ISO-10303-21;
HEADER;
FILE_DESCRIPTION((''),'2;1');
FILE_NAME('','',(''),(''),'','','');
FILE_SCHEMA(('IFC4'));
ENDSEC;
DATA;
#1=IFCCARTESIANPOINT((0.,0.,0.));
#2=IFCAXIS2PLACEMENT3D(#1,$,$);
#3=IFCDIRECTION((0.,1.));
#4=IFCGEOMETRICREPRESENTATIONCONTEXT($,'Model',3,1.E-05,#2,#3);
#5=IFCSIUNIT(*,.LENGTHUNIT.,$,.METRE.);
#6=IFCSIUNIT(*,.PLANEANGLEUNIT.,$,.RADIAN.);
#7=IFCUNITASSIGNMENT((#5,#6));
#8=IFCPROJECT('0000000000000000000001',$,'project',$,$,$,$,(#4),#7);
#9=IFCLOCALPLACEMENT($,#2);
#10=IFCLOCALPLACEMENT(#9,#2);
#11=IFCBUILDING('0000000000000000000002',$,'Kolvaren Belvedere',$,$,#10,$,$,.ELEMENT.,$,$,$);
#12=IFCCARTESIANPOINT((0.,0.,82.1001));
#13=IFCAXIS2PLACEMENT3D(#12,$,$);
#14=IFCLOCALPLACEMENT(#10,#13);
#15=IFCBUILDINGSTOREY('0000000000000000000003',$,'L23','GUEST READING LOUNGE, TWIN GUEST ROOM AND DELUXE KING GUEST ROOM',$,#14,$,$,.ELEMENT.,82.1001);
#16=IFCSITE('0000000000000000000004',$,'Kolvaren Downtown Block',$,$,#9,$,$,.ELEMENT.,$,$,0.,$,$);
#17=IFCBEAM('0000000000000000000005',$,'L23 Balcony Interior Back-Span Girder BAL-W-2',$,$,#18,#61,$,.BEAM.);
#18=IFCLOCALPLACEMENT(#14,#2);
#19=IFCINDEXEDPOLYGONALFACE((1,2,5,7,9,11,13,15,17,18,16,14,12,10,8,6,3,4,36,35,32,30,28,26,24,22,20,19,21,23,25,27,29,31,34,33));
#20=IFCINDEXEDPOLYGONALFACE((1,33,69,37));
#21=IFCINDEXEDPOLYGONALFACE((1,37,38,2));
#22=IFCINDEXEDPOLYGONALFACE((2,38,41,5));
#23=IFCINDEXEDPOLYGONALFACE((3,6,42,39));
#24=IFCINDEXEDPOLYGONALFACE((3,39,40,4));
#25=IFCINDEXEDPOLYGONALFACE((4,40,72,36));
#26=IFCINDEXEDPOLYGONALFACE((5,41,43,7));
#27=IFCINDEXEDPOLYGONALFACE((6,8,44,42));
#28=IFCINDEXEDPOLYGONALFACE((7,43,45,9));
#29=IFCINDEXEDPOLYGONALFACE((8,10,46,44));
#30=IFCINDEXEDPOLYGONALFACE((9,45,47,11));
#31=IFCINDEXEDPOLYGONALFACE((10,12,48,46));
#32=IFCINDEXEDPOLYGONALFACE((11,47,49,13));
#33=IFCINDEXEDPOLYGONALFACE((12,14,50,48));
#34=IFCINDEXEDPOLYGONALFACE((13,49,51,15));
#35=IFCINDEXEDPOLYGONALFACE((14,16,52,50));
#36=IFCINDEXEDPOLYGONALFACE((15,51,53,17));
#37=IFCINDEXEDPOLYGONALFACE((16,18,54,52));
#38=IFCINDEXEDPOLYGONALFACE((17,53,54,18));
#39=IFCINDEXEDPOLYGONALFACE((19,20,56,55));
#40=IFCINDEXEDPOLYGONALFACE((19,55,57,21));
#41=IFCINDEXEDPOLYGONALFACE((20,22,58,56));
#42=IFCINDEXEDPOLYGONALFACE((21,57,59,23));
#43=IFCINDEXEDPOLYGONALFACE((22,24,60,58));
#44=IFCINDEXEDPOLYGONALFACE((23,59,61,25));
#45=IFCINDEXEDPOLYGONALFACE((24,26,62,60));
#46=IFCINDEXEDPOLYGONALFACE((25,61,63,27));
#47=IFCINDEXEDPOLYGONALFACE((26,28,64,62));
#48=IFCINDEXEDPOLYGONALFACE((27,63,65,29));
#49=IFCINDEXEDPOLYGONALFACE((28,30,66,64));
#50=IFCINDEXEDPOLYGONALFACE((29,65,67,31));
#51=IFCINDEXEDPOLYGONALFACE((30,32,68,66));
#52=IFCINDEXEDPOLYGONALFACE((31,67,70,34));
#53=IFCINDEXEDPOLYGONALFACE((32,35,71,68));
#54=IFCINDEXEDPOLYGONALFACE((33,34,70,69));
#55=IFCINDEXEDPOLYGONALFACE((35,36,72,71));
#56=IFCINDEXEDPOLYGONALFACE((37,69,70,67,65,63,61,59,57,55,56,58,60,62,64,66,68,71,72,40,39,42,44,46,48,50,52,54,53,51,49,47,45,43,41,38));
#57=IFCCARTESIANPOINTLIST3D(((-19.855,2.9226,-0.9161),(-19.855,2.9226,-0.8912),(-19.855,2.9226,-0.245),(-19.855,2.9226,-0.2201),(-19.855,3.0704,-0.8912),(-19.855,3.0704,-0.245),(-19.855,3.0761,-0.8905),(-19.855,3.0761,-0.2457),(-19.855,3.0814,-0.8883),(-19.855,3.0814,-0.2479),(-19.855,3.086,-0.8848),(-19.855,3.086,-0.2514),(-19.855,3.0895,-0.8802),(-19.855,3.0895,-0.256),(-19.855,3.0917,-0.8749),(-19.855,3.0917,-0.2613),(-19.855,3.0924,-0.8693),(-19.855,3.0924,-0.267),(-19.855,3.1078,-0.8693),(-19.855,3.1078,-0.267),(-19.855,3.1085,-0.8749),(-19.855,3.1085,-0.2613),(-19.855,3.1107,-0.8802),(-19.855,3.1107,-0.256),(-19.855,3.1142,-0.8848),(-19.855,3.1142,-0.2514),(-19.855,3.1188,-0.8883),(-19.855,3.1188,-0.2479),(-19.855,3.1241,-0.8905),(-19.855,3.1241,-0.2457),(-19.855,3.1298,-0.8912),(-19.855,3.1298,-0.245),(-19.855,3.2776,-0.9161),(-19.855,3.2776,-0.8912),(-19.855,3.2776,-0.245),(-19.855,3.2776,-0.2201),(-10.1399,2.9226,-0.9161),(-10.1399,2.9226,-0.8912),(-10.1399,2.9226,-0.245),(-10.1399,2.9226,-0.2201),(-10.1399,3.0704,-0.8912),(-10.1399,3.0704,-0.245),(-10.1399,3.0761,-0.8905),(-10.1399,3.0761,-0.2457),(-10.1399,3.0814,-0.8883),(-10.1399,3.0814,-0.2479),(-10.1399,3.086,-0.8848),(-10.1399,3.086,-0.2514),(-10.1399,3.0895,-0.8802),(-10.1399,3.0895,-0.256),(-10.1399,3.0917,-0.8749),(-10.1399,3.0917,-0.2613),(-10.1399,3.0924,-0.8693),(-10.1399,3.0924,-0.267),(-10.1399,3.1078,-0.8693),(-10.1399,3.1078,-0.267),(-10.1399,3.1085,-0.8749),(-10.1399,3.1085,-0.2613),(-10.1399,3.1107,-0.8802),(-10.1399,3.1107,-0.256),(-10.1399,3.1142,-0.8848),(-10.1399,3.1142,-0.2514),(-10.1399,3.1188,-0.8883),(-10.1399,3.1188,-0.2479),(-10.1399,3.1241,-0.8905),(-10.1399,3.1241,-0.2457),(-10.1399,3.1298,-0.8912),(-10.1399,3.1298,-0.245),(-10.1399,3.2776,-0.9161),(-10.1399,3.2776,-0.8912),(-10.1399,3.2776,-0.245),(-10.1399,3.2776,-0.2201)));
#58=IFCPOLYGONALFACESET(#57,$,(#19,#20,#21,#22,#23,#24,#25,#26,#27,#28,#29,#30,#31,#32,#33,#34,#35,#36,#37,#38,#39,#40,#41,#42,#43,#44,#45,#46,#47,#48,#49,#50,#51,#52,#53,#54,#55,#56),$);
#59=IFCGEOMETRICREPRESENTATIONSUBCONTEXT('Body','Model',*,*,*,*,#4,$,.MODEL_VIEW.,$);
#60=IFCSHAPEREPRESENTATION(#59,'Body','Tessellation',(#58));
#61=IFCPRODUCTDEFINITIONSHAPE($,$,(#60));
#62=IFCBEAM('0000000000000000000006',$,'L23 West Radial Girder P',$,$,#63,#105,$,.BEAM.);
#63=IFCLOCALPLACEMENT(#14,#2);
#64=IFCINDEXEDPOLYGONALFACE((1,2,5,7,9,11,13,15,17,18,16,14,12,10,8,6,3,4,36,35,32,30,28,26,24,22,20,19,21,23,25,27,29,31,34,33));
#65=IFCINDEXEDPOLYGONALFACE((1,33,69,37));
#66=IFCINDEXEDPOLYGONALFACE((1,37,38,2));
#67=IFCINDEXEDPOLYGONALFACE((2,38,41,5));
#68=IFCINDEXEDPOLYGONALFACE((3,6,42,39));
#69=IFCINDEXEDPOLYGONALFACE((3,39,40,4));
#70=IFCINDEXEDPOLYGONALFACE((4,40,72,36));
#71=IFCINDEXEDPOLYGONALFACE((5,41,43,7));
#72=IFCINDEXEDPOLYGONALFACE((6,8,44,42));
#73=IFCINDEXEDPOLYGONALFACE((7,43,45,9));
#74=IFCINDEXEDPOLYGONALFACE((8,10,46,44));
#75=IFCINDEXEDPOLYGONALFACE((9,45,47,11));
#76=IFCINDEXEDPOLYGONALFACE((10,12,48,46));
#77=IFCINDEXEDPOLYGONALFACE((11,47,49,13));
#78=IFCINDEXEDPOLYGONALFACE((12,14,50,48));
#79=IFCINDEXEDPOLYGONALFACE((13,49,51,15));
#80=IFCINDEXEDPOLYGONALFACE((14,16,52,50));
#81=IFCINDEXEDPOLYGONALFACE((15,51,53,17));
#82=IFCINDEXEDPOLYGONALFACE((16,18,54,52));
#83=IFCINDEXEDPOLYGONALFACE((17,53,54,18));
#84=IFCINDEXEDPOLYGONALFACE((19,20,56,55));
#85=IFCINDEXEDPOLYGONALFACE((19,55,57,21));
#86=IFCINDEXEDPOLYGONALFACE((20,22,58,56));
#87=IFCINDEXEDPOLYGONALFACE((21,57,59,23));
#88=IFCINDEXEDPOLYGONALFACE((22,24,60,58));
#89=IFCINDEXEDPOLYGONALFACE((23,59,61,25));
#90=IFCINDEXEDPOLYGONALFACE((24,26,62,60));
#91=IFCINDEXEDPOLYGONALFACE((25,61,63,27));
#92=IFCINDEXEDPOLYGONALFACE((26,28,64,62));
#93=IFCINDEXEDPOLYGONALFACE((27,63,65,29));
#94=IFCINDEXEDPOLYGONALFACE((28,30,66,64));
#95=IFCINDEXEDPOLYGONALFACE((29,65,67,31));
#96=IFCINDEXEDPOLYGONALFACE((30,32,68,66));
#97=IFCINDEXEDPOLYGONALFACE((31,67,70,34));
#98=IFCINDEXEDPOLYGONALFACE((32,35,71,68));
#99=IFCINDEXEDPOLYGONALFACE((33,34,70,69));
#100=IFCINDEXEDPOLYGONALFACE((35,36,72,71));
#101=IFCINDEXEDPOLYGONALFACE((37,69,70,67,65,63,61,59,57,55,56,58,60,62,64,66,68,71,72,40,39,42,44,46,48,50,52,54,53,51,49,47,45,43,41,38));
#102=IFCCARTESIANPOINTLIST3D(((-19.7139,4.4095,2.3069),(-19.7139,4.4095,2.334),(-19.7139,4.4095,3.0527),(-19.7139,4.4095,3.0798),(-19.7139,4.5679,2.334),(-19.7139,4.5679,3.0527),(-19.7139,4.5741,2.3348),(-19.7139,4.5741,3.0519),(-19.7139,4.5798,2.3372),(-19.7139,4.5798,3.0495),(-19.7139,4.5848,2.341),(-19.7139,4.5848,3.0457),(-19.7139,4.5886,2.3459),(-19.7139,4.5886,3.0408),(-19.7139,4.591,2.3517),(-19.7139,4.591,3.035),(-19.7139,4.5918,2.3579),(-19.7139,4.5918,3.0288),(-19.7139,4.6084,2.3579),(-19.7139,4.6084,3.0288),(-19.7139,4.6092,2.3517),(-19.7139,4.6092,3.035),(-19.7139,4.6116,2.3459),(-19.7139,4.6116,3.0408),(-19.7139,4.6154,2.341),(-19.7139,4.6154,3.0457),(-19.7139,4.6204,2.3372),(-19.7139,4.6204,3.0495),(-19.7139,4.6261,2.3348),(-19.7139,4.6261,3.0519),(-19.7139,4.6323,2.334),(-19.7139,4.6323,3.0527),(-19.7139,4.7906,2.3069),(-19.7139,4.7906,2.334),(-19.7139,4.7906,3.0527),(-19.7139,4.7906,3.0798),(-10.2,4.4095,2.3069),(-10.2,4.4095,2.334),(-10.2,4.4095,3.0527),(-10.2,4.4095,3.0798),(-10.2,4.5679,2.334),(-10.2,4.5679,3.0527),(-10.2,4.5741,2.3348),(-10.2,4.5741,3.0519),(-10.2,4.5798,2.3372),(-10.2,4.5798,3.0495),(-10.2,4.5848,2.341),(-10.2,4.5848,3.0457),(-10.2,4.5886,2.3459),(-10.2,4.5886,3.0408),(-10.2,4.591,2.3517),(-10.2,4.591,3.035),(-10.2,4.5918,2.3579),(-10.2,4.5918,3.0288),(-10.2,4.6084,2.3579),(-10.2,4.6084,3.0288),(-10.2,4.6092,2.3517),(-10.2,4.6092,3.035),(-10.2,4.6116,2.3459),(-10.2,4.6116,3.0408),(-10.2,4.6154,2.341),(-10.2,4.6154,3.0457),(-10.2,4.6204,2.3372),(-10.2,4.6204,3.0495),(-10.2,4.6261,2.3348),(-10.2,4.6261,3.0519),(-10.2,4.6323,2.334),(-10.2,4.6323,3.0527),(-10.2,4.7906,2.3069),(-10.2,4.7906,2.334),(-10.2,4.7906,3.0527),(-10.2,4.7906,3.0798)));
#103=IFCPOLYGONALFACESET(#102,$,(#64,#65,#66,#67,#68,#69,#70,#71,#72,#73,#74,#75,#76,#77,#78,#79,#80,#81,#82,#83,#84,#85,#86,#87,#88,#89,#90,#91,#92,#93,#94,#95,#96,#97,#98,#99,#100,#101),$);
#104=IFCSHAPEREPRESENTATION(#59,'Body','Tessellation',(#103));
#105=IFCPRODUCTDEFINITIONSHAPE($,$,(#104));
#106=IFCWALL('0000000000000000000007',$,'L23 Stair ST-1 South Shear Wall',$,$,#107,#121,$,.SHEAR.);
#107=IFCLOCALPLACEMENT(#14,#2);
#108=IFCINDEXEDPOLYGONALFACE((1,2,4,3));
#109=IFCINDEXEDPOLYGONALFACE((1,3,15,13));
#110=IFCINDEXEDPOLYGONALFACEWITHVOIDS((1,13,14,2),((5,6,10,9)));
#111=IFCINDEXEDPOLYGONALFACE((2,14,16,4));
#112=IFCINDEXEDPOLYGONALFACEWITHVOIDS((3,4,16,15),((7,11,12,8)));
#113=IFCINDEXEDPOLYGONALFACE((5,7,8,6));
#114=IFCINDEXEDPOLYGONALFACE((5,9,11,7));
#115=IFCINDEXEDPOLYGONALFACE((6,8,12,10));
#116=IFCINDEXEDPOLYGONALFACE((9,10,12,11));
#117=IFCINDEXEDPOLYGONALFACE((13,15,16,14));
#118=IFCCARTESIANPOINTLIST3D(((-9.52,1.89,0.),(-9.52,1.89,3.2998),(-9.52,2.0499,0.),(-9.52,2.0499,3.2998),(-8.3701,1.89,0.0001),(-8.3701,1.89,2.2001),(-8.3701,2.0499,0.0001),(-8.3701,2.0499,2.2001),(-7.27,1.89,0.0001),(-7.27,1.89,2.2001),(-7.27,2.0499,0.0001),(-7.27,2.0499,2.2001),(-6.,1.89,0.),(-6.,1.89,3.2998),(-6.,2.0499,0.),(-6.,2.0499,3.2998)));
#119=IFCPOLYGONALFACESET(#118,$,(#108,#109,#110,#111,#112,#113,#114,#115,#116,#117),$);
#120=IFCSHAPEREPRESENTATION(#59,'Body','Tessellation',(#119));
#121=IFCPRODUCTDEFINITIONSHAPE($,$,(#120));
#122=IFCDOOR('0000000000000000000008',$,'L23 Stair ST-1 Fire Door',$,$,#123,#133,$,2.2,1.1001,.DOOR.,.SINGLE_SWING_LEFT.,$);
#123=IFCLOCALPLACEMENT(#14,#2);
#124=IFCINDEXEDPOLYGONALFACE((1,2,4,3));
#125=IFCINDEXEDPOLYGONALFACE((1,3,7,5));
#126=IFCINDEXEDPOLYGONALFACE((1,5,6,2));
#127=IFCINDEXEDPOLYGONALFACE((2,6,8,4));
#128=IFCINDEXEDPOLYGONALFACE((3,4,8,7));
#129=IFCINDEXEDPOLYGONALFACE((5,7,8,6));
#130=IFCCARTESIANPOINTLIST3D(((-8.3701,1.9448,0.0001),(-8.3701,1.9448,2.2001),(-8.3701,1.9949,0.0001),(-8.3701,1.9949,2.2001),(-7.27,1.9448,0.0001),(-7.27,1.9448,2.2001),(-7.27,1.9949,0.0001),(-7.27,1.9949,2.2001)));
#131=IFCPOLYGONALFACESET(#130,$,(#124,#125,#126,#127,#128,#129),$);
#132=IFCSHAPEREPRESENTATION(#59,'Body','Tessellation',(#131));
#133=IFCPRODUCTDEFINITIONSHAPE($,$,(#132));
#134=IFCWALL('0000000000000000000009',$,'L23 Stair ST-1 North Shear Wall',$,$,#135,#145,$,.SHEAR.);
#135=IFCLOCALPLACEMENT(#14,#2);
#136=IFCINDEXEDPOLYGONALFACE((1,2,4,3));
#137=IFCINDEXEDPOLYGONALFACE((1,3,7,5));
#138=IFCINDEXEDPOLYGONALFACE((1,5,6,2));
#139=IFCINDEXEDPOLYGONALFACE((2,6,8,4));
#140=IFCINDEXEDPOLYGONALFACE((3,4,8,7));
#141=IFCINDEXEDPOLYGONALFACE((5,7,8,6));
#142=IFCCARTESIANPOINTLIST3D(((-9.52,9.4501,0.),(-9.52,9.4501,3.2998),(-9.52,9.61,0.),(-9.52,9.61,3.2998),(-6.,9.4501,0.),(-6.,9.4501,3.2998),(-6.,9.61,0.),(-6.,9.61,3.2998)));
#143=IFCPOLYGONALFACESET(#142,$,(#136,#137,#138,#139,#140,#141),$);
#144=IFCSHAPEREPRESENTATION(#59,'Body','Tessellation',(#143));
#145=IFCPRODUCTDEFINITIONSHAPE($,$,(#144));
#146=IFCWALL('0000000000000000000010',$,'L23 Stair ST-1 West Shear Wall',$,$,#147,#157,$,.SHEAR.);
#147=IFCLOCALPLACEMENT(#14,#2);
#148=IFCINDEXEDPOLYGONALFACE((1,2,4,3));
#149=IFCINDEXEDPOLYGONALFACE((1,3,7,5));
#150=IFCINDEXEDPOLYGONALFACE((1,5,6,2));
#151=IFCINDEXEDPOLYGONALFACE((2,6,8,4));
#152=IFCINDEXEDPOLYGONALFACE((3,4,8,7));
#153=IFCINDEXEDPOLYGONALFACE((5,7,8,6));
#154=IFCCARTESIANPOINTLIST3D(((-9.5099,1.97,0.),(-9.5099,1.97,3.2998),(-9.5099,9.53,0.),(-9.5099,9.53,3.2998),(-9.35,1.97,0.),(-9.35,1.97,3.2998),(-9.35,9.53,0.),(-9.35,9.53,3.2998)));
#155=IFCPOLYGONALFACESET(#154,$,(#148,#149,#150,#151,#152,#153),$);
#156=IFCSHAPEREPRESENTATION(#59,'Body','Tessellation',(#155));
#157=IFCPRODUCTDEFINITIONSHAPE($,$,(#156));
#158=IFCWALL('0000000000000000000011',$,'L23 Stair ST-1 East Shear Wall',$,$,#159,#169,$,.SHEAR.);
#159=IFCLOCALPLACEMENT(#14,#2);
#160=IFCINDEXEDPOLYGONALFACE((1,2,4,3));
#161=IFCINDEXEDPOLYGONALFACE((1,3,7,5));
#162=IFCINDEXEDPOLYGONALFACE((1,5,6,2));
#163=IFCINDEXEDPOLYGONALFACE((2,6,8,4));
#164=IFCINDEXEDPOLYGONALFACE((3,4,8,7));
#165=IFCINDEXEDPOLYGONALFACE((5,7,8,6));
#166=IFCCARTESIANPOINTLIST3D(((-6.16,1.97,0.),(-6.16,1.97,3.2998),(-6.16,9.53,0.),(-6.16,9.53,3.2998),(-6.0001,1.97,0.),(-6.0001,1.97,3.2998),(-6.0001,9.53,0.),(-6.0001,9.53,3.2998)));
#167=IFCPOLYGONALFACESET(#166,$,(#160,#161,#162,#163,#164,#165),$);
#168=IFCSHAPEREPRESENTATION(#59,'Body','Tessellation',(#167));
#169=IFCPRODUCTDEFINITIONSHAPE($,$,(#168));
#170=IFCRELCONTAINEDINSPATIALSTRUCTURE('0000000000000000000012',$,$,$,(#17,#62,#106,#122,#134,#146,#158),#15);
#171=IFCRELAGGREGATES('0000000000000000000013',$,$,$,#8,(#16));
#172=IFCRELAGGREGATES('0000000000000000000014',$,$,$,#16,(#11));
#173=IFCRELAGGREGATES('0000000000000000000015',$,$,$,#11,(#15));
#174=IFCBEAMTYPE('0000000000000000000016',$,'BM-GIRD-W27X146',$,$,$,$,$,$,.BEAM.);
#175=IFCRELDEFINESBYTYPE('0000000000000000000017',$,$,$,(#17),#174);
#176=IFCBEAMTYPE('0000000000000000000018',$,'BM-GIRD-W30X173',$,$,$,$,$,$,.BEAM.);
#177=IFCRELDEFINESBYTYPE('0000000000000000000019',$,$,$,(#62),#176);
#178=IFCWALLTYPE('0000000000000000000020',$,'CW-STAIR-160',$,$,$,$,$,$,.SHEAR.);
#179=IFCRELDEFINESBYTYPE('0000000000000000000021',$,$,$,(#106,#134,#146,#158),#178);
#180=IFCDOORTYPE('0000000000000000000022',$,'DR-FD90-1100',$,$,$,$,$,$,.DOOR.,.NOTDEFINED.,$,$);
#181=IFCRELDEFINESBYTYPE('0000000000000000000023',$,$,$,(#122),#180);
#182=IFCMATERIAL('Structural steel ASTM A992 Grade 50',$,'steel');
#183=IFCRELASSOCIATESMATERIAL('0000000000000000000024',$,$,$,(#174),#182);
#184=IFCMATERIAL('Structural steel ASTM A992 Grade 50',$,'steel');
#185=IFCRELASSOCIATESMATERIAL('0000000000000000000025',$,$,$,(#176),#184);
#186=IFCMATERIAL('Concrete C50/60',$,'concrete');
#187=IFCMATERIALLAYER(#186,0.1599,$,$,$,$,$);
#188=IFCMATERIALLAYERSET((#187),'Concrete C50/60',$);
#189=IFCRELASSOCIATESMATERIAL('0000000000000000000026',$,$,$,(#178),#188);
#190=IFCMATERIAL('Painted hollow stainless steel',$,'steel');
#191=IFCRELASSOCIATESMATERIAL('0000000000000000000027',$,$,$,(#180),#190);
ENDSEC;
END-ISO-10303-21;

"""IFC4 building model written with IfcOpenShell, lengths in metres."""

from ifc_helpers import new_model, si_unit, direction, frame, frame_2d, origin, origin_2d, place, context, subcontext, project, spatial, rectangle, i_section, extrude, material, layer, layer_set, material_profile, profile_set, type_object, element, fill, save


model = new_model("IFC4")

# Units and contexts
model_context = context("Model", 3, precision=1e-05, world=origin(), true_north=direction((0.0, 1.0)))
body_context = subcontext(model_context, "Body", "Model", "MODEL_VIEW")
ifc_project = project(units=[si_unit("LENGTHUNIT", "METRE"), si_unit("PLANEANGLEUNIT", "RADIAN")], contexts=[model_context])

# Site, building, storey
site_placement = place(None, origin())
site = spatial("IfcSite", under=ifc_project, at=site_placement, Name="Kolvaren Downtown Block", CompositionType="ELEMENT", RefElevation=0.0)
building_placement = place(site_placement, origin())
building = spatial("IfcBuilding", under=site, at=building_placement, Name="Kolvaren Belvedere", CompositionType="ELEMENT")
storey_placement = place(building_placement, frame((0.0, 0.0, 82.1001)))
storey = spatial("IfcBuildingStorey", under=building, at=storey_placement, Name="L23", Description="GUEST READING LOUNGE, TWIN GUEST ROOM AND DELUXE KING GUEST ROOM", CompositionType="ELEMENT", Elevation=82.1001)

# Beams
ifc_material_1 = material(Name="Structural steel ASTM A992 Grade 50", Category="steel")
ifc_material_profile_1 = material_profile(ifc_material_1, i_section(OverallWidth=0.355, OverallDepth=0.696, WebThickness=0.0154, FlangeThickness=0.0249, FilletRadius=0.022, at=origin_2d()), Name="W27X146")
ifc_profile_set_1 = profile_set([ifc_material_profile_1], Name="Structural steel ASTM A992 Grade 50")
beam_type_1 = type_object("IfcBeamType", Name="BM-GIRD-W27X146", PredefinedType="BEAM", material=ifc_profile_set_1)
beam_1_placement = place(storey_placement, frame((-10.1399, 3.1001, -0.5681), z_axis=(-1.0, 0.0, 0.0), x_axis=(0.0, -1.0, 0.0)))
element("IfcBeam", 1, at=beam_1_placement, inside=storey, type_object=beam_type_1, Name="L23 Balcony Interior Back-Span Girder BAL-W-2", PredefinedType="BEAM", context=body_context, shape_type="SweptSolid", body=[
    extrude(i_section(OverallWidth=0.355, OverallDepth=0.696, WebThickness=0.0154, FlangeThickness=0.0249, FilletRadius=0.022, at=origin_2d()), origin(), (0.0, 0.0, 1.0), 9.7151),
])
ifc_material_2 = material(Name="Structural steel ASTM A992 Grade 50", Category="steel")
ifc_material_profile_2 = material_profile(ifc_material_2, i_section(OverallWidth=0.3811, OverallDepth=0.7729, WebThickness=0.0166, FlangeThickness=0.0271, FilletRadius=0.0239, at=origin_2d()), Name="W30X173")
ifc_profile_set_2 = profile_set([ifc_material_profile_2], Name="Structural steel ASTM A992 Grade 50")
beam_type_2 = type_object("IfcBeamType", Name="BM-GIRD-W30X173", PredefinedType="BEAM", material=ifc_profile_set_2)
beam_2_placement = place(storey_placement, frame((-10.2, 4.6001, 2.6934), z_axis=(-1.0, 0.0, 0.0), x_axis=(0.0, -1.0, 0.0)))
element("IfcBeam", 2, at=beam_2_placement, inside=storey, type_object=beam_type_2, Name="L23 West Radial Girder P", PredefinedType="BEAM", context=body_context, shape_type="SweptSolid", body=[
    extrude(i_section(OverallWidth=0.3811, OverallDepth=0.7729, WebThickness=0.0166, FlangeThickness=0.0271, FilletRadius=0.0239, at=origin_2d()), origin(), (0.0, 0.0, 1.0), 9.5139),
])

# Wall, opening, door
ifc_material_3 = material(Name="Concrete C50/60", Category="concrete")
ifc_layer_1 = layer(ifc_material_3, 0.1599)
ifc_layer_set_1 = layer_set([ifc_layer_1], Name="Concrete C50/60")
wall_type_1 = type_object("IfcWallType", Name="CW-STAIR-160", PredefinedType="SHEAR", material=ifc_layer_set_1)
wall_1_placement = place(storey_placement, frame((-9.52, 1.97, 0.0), z_axis=(0.0, 0.0, 1.0), x_axis=(1.0, 0.0, 0.0)))
wall_1 = element("IfcWall", 3, at=wall_1_placement, inside=storey, type_object=wall_type_1, Name="L23 Stair ST-1 South Shear Wall", PredefinedType="SHEAR", context=body_context, shape_type="SweptSolid", body=[
    extrude(rectangle(XDim=3.52, YDim=0.1599, at=frame_2d((1.76, 0.0))), origin(), (0.0, 0.0, 1.0), 3.2998),
])
opening_1_placement = place(wall_1_placement, frame((1.1499, 0.0, 0.0)))
opening_1 = element("IfcOpeningElement", 4, at=opening_1_placement, cuts=wall_1, PredefinedType="OPENING", context=body_context, shape_type="SweptSolid", body=[
    extrude(rectangle(XDim=1.1001, YDim=2.2, at=frame_2d((0.55, 1.1001))), frame((0.0, 0.0898, 0.0), z_axis=(0.0, -1.0, 0.0), x_axis=(1.0, 0.0, 0.0)), (0.0, 0.0, 1.0), 0.1799),
])
ifc_material_4 = material(Name="Painted hollow stainless steel", Category="steel")
door_type_1 = type_object("IfcDoorType", Name="DR-FD90-1100", OperationType="NOTDEFINED", PredefinedType="DOOR", material=ifc_material_4)
door_1_placement = place(opening_1_placement, origin())
door_1 = element("IfcDoor", 5, at=door_1_placement, inside=storey, type_object=door_type_1, Name="L23 Stair ST-1 Fire Door", OperationType="SINGLE_SWING_LEFT", OverallHeight=2.2, OverallWidth=1.1001, PredefinedType="DOOR", context=body_context, shape_type="SweptSolid", body=[
    extrude(rectangle(XDim=1.1001, YDim=2.2, at=frame_2d((0.55, 1.1001))), frame((0.0, 0.0249, 0.0), z_axis=(0.0, -1.0, 0.0), x_axis=(1.0, 0.0, 0.0)), (0.0, 0.0, 1.0), 0.05),
])
fill(opening_1, door_1)

# Walls
wall_2_placement = place(storey_placement, frame((-9.52, 9.53, 0.0), z_axis=(0.0, 0.0, 1.0), x_axis=(1.0, 0.0, 0.0)))
element("IfcWall", 6, at=wall_2_placement, inside=storey, type_object=wall_type_1, Name="L23 Stair ST-1 North Shear Wall", PredefinedType="SHEAR", context=body_context, shape_type="SweptSolid", body=[
    extrude(rectangle(XDim=3.52, YDim=0.1599, at=frame_2d((1.76, 0.0))), origin(), (0.0, 0.0, 1.0), 3.2998),
])
for number, where, z_axis, x_axis, name in (
    (7, (-9.4299, 1.97, 0.0), (0.0, 0.0, 1.0), (0.0, 1.0, 0.0), "L23 Stair ST-1 West Shear Wall"),
    (8, (-6.0801, 1.97, 0.0), (0.0, 0.0, 1.0), (0.0, 1.0, 0.0), "L23 Stair ST-1 East Shear Wall"),
):
    element("IfcWall", number, at=place(storey_placement, frame(where, z_axis=z_axis, x_axis=x_axis)), inside=storey, type_object=wall_type_1, Name=name, PredefinedType="SHEAR", context=body_context, shape_type="SweptSolid", body=[
        extrude(rectangle(XDim=7.5601, YDim=0.1599, at=frame_2d((3.78, 0.0))), origin(), (0.0, 0.0, 1.0), 3.2998),
    ])

save(model, "model.ifc")
